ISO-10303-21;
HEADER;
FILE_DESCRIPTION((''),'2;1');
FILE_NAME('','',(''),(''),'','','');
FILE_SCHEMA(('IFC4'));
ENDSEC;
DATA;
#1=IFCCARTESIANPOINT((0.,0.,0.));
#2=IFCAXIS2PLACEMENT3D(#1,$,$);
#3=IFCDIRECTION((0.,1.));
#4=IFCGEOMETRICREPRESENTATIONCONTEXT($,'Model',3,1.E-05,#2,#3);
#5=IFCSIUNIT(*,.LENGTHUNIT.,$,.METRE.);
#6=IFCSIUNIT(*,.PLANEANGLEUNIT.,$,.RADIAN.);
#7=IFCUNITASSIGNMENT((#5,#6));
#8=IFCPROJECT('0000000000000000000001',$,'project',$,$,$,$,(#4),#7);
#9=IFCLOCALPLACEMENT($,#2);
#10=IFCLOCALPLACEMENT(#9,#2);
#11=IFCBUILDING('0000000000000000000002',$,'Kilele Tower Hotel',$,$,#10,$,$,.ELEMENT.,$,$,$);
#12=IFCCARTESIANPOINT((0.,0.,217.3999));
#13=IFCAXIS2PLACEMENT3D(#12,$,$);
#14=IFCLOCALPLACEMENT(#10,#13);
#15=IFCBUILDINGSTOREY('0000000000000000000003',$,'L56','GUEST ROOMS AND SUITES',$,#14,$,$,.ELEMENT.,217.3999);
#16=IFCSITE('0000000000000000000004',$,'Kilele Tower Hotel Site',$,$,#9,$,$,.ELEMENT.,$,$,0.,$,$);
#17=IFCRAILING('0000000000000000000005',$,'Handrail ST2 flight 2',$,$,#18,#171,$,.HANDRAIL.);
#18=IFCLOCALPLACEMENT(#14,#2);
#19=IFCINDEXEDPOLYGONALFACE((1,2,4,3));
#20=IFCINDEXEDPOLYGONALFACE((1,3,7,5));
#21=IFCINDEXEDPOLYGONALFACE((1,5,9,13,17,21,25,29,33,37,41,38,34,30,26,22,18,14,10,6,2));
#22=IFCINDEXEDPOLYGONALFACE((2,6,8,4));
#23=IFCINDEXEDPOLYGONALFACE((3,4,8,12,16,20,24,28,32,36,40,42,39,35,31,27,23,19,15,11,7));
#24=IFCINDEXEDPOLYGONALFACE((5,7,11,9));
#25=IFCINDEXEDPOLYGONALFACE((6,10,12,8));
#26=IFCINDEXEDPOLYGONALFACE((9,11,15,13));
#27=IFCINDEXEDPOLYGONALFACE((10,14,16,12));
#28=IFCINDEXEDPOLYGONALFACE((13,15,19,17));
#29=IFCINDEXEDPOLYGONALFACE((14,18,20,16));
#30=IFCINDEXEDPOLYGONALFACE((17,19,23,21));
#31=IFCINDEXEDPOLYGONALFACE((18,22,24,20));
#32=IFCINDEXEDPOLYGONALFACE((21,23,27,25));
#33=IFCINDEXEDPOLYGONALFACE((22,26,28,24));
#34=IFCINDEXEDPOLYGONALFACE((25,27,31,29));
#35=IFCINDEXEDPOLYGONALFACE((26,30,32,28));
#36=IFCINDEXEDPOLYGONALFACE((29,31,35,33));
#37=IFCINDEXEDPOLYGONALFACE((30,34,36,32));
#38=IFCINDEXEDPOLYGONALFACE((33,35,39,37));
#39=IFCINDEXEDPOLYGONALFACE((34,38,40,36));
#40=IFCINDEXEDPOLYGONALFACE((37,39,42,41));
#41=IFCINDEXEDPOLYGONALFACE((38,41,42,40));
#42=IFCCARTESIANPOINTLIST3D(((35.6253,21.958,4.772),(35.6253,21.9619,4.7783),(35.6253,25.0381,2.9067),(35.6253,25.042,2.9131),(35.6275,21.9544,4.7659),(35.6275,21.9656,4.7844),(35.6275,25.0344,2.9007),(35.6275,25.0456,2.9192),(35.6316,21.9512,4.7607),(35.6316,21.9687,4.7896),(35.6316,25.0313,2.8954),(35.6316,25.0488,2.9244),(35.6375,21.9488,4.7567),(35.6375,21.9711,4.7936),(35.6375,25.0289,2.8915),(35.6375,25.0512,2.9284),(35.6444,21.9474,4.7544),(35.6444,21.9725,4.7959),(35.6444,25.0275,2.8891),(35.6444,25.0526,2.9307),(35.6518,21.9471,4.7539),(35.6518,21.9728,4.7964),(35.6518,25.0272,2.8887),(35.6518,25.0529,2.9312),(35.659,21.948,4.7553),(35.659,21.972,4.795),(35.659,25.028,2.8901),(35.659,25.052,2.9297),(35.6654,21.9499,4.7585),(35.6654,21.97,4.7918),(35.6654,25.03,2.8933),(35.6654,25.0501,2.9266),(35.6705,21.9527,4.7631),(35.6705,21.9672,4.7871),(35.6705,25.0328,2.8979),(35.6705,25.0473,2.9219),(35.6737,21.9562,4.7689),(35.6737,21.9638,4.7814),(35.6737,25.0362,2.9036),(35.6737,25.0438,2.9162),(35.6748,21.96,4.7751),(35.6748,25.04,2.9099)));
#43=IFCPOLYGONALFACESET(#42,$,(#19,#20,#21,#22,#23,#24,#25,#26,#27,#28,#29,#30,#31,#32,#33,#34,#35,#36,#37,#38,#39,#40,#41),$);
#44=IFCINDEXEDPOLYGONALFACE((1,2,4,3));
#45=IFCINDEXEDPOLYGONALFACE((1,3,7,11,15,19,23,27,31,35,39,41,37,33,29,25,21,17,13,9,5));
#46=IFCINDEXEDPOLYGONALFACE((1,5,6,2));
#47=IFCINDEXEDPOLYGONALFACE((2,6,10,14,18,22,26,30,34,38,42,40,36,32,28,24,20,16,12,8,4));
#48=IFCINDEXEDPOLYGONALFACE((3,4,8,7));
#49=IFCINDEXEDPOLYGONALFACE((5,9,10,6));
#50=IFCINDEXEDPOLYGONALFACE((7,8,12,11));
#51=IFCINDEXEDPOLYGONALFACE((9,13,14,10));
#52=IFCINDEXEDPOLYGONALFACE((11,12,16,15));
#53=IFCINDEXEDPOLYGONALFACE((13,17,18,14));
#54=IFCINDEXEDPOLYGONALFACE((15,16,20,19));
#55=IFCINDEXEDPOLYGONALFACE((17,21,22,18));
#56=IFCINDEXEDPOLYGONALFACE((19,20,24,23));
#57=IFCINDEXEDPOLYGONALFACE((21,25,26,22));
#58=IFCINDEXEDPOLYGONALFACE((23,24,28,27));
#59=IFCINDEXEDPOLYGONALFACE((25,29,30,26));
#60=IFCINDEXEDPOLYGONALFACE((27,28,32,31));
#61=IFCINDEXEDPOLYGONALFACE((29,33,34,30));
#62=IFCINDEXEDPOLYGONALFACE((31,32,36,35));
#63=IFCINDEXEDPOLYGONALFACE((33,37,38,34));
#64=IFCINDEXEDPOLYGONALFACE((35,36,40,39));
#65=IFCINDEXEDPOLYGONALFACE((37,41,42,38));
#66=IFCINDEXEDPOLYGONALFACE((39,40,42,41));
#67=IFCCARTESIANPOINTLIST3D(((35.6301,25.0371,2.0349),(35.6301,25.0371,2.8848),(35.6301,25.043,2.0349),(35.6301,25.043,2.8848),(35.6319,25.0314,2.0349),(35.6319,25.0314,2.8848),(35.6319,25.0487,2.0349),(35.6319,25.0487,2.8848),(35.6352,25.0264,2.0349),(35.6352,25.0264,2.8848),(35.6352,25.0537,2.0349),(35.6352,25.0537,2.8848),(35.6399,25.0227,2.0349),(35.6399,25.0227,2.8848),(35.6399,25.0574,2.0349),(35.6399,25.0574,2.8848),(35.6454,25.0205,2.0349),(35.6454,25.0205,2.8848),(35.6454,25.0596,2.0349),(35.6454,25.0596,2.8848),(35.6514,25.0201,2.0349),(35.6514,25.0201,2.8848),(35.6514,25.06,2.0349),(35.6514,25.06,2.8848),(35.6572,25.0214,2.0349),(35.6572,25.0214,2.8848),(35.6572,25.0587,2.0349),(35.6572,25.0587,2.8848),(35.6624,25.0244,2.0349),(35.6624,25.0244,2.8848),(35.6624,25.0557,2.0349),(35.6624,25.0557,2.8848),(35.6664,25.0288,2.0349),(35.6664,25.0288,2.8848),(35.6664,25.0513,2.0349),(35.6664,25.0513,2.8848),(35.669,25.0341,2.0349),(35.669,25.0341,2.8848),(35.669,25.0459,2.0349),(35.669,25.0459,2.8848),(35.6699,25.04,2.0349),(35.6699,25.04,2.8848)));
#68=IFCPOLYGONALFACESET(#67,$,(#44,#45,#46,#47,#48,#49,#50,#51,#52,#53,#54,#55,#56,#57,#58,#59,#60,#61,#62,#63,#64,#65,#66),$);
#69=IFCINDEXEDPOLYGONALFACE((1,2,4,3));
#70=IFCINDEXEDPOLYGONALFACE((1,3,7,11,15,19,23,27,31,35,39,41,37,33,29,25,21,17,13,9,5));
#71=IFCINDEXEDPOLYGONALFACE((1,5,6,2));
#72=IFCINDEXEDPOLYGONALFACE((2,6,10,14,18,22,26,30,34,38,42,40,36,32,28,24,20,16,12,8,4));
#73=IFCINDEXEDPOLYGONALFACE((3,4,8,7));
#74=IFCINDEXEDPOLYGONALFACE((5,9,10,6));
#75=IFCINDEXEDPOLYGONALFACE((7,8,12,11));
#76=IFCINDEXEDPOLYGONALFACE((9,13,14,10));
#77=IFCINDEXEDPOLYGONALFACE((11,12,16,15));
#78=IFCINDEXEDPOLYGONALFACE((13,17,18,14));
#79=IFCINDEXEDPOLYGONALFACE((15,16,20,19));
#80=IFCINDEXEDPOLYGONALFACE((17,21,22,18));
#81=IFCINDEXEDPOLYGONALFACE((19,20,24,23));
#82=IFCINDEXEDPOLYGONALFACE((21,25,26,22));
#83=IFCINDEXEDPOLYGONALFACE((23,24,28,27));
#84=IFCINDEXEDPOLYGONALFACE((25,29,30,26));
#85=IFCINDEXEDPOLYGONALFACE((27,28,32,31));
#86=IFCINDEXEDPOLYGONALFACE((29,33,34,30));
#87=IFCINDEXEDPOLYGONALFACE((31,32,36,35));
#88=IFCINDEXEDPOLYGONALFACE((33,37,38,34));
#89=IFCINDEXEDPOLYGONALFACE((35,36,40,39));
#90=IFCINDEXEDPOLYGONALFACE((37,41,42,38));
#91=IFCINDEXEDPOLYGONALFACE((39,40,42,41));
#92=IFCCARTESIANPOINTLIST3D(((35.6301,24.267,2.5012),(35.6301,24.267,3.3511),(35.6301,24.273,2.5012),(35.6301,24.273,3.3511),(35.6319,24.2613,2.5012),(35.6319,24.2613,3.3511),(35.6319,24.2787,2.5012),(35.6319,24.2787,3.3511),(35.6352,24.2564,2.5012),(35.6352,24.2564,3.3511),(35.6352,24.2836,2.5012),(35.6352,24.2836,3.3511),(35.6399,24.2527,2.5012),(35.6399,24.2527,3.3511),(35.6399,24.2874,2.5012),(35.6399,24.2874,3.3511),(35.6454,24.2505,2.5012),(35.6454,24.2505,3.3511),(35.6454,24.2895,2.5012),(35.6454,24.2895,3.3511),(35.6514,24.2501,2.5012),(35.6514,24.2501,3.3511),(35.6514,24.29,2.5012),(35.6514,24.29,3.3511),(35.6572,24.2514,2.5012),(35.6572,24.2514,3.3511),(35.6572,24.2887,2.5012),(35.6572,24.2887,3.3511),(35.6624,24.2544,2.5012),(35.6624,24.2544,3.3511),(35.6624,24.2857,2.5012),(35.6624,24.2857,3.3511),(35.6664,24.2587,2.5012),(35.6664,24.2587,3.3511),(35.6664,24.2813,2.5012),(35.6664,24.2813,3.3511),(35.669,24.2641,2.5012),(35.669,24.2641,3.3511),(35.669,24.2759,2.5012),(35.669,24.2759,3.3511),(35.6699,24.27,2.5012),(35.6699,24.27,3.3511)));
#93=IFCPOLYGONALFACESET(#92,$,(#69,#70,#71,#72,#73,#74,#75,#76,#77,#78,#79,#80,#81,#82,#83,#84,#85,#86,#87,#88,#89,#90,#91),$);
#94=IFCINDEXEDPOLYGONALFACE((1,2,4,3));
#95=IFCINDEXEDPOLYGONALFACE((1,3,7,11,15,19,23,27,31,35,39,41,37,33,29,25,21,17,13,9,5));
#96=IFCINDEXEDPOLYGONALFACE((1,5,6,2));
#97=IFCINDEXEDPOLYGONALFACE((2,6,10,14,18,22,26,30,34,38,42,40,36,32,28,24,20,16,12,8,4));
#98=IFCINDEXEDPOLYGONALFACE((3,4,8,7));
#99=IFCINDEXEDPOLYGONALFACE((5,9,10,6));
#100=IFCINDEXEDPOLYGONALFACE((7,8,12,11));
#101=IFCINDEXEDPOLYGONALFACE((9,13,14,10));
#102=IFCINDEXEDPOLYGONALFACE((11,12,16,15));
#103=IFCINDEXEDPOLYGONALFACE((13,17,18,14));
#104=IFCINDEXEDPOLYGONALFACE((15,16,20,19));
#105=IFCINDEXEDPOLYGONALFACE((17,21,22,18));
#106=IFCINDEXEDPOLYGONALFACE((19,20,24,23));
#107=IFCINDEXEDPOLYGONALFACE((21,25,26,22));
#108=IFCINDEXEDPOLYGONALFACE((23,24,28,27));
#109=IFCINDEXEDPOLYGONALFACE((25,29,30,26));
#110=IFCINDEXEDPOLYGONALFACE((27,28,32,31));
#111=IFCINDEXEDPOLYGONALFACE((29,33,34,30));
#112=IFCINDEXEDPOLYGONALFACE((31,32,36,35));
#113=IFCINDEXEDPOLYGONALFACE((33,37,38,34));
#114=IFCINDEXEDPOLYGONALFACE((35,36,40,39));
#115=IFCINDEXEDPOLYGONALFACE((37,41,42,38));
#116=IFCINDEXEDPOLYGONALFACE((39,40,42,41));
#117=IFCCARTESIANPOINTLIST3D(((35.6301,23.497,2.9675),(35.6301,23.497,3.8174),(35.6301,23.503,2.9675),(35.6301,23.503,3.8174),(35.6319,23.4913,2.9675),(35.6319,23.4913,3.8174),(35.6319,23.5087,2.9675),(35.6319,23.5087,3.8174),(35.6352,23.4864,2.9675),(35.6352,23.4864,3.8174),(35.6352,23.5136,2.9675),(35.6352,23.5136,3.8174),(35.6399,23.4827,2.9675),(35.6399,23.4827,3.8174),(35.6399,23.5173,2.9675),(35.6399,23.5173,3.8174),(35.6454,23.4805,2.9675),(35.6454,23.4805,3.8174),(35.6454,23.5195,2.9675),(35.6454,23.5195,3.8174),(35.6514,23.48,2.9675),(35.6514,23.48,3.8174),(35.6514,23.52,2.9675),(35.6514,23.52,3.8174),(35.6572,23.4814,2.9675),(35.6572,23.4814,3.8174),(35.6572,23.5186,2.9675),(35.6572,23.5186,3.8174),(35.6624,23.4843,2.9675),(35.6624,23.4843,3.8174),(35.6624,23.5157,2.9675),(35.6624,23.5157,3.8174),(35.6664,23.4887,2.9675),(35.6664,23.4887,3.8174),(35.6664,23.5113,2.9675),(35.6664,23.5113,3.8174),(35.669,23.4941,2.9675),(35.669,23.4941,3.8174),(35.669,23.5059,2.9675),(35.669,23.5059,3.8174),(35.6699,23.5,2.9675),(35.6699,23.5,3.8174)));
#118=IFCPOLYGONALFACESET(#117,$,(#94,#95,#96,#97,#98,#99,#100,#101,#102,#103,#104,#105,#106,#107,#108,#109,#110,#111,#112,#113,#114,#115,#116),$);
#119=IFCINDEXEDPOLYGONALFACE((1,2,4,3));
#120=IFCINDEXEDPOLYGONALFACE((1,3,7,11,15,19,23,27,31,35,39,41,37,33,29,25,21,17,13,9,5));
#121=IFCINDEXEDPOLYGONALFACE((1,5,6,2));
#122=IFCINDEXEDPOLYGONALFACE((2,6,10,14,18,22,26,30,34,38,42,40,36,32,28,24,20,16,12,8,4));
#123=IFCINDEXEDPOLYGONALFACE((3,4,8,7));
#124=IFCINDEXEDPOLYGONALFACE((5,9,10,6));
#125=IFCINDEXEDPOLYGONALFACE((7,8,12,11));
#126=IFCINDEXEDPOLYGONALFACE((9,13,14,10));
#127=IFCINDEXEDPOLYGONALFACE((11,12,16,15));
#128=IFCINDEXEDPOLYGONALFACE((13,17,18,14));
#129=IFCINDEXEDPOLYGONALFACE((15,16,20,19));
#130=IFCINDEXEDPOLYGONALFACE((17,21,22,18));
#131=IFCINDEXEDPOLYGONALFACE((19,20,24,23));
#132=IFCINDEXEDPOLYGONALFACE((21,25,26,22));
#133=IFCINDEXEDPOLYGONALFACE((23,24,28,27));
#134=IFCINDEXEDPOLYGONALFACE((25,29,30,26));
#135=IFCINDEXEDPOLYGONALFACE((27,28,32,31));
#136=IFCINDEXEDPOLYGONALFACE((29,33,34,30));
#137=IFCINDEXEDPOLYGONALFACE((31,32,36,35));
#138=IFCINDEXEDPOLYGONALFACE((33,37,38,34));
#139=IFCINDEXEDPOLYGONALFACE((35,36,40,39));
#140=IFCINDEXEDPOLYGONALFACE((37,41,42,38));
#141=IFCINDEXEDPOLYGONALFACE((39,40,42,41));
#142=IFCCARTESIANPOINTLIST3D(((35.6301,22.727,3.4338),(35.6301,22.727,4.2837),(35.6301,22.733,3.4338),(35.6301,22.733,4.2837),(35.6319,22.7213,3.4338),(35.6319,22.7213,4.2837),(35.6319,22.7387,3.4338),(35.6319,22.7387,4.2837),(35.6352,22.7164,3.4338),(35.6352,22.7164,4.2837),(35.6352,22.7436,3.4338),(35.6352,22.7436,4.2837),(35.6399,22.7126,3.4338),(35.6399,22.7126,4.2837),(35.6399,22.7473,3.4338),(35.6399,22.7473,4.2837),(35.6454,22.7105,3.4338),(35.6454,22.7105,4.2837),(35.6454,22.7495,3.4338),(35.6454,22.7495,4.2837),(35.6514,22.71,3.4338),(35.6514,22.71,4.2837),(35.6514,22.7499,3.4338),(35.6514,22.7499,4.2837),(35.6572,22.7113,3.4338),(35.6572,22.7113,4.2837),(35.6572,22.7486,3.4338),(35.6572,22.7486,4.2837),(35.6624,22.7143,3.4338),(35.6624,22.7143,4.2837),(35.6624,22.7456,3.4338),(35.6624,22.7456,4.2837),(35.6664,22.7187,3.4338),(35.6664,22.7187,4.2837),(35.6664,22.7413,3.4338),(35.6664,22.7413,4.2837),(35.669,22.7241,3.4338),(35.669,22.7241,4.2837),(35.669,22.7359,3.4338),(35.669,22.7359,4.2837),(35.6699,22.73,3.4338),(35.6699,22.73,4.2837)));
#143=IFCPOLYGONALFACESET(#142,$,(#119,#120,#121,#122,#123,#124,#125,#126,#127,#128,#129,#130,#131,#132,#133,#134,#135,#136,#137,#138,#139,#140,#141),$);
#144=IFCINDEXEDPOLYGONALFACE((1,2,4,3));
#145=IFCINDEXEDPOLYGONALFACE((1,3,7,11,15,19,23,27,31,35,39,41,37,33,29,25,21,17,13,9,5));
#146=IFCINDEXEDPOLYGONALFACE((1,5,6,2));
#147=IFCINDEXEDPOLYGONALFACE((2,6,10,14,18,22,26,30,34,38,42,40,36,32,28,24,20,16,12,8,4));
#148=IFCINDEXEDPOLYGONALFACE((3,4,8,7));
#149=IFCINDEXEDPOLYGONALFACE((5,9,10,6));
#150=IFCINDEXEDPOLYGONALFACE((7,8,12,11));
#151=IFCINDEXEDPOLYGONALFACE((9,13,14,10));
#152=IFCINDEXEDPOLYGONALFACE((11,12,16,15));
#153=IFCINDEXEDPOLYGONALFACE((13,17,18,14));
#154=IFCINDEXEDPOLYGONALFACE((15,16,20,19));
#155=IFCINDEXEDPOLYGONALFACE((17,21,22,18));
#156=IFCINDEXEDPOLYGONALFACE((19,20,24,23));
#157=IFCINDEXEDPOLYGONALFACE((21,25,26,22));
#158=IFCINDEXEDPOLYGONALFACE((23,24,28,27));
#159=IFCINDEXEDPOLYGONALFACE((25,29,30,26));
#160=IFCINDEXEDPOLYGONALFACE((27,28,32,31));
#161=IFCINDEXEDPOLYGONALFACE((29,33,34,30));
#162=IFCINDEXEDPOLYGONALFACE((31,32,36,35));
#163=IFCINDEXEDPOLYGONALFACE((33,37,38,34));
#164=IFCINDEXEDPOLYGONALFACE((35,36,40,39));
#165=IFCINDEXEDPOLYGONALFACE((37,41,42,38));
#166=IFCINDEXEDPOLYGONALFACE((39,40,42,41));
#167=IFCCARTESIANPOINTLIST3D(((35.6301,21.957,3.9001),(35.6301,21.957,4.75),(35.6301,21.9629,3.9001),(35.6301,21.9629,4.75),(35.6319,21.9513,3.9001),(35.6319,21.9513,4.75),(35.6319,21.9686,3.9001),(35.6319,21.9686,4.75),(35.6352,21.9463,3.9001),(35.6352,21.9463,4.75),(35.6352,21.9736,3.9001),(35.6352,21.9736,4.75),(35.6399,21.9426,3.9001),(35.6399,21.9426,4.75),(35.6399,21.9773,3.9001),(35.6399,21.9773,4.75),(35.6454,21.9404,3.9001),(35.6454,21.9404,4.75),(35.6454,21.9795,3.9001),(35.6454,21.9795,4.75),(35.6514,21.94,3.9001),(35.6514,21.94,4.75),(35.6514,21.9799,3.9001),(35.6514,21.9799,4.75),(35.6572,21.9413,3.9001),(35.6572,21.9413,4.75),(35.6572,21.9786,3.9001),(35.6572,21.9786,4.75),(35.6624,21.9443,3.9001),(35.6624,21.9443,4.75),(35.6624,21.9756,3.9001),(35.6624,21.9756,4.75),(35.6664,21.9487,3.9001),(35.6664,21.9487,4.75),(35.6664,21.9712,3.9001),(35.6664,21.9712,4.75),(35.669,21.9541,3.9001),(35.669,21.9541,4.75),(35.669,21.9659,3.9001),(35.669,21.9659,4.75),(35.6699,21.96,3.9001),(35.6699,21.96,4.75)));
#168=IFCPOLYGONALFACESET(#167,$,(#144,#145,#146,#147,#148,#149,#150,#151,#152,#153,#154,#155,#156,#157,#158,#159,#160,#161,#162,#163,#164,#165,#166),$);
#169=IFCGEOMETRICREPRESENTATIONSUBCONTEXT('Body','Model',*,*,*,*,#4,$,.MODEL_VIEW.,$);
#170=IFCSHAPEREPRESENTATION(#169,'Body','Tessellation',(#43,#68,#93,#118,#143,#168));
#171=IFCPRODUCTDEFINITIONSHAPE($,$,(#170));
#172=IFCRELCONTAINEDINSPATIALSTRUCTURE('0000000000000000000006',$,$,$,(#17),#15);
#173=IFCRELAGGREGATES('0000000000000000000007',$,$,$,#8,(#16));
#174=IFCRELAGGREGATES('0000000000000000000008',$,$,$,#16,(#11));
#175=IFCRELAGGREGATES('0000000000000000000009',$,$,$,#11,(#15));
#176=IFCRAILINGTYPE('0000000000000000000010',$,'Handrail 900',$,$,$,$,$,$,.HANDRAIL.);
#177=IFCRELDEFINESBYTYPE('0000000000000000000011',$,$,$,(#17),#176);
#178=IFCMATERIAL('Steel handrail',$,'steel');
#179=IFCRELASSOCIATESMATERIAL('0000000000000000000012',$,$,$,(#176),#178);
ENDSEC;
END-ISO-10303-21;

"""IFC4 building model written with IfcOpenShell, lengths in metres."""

from ifc_helpers import new_model, si_unit, direction, frame, origin, origin_2d, place, context, subcontext, project, spatial, circle, extrude, material, type_object, element, save


model = new_model("IFC4")

# Units and contexts
model_context = context("Model", 3, precision=1e-05, world=origin(), true_north=direction((0.0, 1.0)))
body_context = subcontext(model_context, "Body", "Model", "MODEL_VIEW")
ifc_project = project(units=[si_unit("LENGTHUNIT", "METRE"), si_unit("PLANEANGLEUNIT", "RADIAN")], contexts=[model_context])

# Site, building, storey
site_placement = place(None, origin())
site = spatial("IfcSite", under=ifc_project, at=site_placement, Name="Kilele Tower Hotel Site", CompositionType="ELEMENT", RefElevation=0.0)
building_placement = place(site_placement, origin())
building = spatial("IfcBuilding", under=site, at=building_placement, Name="Kilele Tower Hotel", CompositionType="ELEMENT")
storey_placement = place(building_placement, frame((0.0, 0.0, 217.3999)))
storey = spatial("IfcBuildingStorey", under=building, at=storey_placement, Name="L56", Description="GUEST ROOMS AND SUITES", CompositionType="ELEMENT", Elevation=217.3999)

# Railing
ifc_material_1 = material(Name="Steel handrail", Category="steel")
railing_type_1 = type_object("IfcRailingType", Name="Handrail 900", PredefinedType="HANDRAIL", material=ifc_material_1)
for number, where, name in (
    (1, (35.6499, 25.04, 2.0349), "Handrail ST2 flight 2"),
):
    element("IfcRailing", number, at=place(storey_placement, frame(where)), inside=storey, type_object=railing_type_1, Name=name, PredefinedType="HANDRAIL", context=body_context, shape_type="SweptSolid", body=[
        extrude(circle(Radius=0.0249, at=origin_2d()), frame((0.0, 0.0, 0.875), z_axis=(0.0, -0.85538, 0.518001), x_axis=(1.0, 0.0, 0.0)), (0.0, 0.0, 1.0), 3.6008),
        extrude(circle(Radius=0.02, at=origin_2d()), origin(), (0.0, 0.0, 1.0), 0.8499),
        extrude(circle(Radius=0.02, at=origin_2d()), frame((0.0, -0.77, 0.4663)), (0.0, 0.0, 1.0), 0.8499),
        extrude(circle(Radius=0.02, at=origin_2d()), frame((0.0, -1.54, 0.9326)), (0.0, 0.0, 1.0), 0.8499),
        extrude(circle(Radius=0.02, at=origin_2d()), frame((0.0, -2.3101, 1.3989)), (0.0, 0.0, 1.0), 0.8499),
        extrude(circle(Radius=0.02, at=origin_2d()), frame((0.0, -3.0801, 1.8652)), (0.0, 0.0, 1.0), 0.8499),
    ])

save(model, "model.ifc")
